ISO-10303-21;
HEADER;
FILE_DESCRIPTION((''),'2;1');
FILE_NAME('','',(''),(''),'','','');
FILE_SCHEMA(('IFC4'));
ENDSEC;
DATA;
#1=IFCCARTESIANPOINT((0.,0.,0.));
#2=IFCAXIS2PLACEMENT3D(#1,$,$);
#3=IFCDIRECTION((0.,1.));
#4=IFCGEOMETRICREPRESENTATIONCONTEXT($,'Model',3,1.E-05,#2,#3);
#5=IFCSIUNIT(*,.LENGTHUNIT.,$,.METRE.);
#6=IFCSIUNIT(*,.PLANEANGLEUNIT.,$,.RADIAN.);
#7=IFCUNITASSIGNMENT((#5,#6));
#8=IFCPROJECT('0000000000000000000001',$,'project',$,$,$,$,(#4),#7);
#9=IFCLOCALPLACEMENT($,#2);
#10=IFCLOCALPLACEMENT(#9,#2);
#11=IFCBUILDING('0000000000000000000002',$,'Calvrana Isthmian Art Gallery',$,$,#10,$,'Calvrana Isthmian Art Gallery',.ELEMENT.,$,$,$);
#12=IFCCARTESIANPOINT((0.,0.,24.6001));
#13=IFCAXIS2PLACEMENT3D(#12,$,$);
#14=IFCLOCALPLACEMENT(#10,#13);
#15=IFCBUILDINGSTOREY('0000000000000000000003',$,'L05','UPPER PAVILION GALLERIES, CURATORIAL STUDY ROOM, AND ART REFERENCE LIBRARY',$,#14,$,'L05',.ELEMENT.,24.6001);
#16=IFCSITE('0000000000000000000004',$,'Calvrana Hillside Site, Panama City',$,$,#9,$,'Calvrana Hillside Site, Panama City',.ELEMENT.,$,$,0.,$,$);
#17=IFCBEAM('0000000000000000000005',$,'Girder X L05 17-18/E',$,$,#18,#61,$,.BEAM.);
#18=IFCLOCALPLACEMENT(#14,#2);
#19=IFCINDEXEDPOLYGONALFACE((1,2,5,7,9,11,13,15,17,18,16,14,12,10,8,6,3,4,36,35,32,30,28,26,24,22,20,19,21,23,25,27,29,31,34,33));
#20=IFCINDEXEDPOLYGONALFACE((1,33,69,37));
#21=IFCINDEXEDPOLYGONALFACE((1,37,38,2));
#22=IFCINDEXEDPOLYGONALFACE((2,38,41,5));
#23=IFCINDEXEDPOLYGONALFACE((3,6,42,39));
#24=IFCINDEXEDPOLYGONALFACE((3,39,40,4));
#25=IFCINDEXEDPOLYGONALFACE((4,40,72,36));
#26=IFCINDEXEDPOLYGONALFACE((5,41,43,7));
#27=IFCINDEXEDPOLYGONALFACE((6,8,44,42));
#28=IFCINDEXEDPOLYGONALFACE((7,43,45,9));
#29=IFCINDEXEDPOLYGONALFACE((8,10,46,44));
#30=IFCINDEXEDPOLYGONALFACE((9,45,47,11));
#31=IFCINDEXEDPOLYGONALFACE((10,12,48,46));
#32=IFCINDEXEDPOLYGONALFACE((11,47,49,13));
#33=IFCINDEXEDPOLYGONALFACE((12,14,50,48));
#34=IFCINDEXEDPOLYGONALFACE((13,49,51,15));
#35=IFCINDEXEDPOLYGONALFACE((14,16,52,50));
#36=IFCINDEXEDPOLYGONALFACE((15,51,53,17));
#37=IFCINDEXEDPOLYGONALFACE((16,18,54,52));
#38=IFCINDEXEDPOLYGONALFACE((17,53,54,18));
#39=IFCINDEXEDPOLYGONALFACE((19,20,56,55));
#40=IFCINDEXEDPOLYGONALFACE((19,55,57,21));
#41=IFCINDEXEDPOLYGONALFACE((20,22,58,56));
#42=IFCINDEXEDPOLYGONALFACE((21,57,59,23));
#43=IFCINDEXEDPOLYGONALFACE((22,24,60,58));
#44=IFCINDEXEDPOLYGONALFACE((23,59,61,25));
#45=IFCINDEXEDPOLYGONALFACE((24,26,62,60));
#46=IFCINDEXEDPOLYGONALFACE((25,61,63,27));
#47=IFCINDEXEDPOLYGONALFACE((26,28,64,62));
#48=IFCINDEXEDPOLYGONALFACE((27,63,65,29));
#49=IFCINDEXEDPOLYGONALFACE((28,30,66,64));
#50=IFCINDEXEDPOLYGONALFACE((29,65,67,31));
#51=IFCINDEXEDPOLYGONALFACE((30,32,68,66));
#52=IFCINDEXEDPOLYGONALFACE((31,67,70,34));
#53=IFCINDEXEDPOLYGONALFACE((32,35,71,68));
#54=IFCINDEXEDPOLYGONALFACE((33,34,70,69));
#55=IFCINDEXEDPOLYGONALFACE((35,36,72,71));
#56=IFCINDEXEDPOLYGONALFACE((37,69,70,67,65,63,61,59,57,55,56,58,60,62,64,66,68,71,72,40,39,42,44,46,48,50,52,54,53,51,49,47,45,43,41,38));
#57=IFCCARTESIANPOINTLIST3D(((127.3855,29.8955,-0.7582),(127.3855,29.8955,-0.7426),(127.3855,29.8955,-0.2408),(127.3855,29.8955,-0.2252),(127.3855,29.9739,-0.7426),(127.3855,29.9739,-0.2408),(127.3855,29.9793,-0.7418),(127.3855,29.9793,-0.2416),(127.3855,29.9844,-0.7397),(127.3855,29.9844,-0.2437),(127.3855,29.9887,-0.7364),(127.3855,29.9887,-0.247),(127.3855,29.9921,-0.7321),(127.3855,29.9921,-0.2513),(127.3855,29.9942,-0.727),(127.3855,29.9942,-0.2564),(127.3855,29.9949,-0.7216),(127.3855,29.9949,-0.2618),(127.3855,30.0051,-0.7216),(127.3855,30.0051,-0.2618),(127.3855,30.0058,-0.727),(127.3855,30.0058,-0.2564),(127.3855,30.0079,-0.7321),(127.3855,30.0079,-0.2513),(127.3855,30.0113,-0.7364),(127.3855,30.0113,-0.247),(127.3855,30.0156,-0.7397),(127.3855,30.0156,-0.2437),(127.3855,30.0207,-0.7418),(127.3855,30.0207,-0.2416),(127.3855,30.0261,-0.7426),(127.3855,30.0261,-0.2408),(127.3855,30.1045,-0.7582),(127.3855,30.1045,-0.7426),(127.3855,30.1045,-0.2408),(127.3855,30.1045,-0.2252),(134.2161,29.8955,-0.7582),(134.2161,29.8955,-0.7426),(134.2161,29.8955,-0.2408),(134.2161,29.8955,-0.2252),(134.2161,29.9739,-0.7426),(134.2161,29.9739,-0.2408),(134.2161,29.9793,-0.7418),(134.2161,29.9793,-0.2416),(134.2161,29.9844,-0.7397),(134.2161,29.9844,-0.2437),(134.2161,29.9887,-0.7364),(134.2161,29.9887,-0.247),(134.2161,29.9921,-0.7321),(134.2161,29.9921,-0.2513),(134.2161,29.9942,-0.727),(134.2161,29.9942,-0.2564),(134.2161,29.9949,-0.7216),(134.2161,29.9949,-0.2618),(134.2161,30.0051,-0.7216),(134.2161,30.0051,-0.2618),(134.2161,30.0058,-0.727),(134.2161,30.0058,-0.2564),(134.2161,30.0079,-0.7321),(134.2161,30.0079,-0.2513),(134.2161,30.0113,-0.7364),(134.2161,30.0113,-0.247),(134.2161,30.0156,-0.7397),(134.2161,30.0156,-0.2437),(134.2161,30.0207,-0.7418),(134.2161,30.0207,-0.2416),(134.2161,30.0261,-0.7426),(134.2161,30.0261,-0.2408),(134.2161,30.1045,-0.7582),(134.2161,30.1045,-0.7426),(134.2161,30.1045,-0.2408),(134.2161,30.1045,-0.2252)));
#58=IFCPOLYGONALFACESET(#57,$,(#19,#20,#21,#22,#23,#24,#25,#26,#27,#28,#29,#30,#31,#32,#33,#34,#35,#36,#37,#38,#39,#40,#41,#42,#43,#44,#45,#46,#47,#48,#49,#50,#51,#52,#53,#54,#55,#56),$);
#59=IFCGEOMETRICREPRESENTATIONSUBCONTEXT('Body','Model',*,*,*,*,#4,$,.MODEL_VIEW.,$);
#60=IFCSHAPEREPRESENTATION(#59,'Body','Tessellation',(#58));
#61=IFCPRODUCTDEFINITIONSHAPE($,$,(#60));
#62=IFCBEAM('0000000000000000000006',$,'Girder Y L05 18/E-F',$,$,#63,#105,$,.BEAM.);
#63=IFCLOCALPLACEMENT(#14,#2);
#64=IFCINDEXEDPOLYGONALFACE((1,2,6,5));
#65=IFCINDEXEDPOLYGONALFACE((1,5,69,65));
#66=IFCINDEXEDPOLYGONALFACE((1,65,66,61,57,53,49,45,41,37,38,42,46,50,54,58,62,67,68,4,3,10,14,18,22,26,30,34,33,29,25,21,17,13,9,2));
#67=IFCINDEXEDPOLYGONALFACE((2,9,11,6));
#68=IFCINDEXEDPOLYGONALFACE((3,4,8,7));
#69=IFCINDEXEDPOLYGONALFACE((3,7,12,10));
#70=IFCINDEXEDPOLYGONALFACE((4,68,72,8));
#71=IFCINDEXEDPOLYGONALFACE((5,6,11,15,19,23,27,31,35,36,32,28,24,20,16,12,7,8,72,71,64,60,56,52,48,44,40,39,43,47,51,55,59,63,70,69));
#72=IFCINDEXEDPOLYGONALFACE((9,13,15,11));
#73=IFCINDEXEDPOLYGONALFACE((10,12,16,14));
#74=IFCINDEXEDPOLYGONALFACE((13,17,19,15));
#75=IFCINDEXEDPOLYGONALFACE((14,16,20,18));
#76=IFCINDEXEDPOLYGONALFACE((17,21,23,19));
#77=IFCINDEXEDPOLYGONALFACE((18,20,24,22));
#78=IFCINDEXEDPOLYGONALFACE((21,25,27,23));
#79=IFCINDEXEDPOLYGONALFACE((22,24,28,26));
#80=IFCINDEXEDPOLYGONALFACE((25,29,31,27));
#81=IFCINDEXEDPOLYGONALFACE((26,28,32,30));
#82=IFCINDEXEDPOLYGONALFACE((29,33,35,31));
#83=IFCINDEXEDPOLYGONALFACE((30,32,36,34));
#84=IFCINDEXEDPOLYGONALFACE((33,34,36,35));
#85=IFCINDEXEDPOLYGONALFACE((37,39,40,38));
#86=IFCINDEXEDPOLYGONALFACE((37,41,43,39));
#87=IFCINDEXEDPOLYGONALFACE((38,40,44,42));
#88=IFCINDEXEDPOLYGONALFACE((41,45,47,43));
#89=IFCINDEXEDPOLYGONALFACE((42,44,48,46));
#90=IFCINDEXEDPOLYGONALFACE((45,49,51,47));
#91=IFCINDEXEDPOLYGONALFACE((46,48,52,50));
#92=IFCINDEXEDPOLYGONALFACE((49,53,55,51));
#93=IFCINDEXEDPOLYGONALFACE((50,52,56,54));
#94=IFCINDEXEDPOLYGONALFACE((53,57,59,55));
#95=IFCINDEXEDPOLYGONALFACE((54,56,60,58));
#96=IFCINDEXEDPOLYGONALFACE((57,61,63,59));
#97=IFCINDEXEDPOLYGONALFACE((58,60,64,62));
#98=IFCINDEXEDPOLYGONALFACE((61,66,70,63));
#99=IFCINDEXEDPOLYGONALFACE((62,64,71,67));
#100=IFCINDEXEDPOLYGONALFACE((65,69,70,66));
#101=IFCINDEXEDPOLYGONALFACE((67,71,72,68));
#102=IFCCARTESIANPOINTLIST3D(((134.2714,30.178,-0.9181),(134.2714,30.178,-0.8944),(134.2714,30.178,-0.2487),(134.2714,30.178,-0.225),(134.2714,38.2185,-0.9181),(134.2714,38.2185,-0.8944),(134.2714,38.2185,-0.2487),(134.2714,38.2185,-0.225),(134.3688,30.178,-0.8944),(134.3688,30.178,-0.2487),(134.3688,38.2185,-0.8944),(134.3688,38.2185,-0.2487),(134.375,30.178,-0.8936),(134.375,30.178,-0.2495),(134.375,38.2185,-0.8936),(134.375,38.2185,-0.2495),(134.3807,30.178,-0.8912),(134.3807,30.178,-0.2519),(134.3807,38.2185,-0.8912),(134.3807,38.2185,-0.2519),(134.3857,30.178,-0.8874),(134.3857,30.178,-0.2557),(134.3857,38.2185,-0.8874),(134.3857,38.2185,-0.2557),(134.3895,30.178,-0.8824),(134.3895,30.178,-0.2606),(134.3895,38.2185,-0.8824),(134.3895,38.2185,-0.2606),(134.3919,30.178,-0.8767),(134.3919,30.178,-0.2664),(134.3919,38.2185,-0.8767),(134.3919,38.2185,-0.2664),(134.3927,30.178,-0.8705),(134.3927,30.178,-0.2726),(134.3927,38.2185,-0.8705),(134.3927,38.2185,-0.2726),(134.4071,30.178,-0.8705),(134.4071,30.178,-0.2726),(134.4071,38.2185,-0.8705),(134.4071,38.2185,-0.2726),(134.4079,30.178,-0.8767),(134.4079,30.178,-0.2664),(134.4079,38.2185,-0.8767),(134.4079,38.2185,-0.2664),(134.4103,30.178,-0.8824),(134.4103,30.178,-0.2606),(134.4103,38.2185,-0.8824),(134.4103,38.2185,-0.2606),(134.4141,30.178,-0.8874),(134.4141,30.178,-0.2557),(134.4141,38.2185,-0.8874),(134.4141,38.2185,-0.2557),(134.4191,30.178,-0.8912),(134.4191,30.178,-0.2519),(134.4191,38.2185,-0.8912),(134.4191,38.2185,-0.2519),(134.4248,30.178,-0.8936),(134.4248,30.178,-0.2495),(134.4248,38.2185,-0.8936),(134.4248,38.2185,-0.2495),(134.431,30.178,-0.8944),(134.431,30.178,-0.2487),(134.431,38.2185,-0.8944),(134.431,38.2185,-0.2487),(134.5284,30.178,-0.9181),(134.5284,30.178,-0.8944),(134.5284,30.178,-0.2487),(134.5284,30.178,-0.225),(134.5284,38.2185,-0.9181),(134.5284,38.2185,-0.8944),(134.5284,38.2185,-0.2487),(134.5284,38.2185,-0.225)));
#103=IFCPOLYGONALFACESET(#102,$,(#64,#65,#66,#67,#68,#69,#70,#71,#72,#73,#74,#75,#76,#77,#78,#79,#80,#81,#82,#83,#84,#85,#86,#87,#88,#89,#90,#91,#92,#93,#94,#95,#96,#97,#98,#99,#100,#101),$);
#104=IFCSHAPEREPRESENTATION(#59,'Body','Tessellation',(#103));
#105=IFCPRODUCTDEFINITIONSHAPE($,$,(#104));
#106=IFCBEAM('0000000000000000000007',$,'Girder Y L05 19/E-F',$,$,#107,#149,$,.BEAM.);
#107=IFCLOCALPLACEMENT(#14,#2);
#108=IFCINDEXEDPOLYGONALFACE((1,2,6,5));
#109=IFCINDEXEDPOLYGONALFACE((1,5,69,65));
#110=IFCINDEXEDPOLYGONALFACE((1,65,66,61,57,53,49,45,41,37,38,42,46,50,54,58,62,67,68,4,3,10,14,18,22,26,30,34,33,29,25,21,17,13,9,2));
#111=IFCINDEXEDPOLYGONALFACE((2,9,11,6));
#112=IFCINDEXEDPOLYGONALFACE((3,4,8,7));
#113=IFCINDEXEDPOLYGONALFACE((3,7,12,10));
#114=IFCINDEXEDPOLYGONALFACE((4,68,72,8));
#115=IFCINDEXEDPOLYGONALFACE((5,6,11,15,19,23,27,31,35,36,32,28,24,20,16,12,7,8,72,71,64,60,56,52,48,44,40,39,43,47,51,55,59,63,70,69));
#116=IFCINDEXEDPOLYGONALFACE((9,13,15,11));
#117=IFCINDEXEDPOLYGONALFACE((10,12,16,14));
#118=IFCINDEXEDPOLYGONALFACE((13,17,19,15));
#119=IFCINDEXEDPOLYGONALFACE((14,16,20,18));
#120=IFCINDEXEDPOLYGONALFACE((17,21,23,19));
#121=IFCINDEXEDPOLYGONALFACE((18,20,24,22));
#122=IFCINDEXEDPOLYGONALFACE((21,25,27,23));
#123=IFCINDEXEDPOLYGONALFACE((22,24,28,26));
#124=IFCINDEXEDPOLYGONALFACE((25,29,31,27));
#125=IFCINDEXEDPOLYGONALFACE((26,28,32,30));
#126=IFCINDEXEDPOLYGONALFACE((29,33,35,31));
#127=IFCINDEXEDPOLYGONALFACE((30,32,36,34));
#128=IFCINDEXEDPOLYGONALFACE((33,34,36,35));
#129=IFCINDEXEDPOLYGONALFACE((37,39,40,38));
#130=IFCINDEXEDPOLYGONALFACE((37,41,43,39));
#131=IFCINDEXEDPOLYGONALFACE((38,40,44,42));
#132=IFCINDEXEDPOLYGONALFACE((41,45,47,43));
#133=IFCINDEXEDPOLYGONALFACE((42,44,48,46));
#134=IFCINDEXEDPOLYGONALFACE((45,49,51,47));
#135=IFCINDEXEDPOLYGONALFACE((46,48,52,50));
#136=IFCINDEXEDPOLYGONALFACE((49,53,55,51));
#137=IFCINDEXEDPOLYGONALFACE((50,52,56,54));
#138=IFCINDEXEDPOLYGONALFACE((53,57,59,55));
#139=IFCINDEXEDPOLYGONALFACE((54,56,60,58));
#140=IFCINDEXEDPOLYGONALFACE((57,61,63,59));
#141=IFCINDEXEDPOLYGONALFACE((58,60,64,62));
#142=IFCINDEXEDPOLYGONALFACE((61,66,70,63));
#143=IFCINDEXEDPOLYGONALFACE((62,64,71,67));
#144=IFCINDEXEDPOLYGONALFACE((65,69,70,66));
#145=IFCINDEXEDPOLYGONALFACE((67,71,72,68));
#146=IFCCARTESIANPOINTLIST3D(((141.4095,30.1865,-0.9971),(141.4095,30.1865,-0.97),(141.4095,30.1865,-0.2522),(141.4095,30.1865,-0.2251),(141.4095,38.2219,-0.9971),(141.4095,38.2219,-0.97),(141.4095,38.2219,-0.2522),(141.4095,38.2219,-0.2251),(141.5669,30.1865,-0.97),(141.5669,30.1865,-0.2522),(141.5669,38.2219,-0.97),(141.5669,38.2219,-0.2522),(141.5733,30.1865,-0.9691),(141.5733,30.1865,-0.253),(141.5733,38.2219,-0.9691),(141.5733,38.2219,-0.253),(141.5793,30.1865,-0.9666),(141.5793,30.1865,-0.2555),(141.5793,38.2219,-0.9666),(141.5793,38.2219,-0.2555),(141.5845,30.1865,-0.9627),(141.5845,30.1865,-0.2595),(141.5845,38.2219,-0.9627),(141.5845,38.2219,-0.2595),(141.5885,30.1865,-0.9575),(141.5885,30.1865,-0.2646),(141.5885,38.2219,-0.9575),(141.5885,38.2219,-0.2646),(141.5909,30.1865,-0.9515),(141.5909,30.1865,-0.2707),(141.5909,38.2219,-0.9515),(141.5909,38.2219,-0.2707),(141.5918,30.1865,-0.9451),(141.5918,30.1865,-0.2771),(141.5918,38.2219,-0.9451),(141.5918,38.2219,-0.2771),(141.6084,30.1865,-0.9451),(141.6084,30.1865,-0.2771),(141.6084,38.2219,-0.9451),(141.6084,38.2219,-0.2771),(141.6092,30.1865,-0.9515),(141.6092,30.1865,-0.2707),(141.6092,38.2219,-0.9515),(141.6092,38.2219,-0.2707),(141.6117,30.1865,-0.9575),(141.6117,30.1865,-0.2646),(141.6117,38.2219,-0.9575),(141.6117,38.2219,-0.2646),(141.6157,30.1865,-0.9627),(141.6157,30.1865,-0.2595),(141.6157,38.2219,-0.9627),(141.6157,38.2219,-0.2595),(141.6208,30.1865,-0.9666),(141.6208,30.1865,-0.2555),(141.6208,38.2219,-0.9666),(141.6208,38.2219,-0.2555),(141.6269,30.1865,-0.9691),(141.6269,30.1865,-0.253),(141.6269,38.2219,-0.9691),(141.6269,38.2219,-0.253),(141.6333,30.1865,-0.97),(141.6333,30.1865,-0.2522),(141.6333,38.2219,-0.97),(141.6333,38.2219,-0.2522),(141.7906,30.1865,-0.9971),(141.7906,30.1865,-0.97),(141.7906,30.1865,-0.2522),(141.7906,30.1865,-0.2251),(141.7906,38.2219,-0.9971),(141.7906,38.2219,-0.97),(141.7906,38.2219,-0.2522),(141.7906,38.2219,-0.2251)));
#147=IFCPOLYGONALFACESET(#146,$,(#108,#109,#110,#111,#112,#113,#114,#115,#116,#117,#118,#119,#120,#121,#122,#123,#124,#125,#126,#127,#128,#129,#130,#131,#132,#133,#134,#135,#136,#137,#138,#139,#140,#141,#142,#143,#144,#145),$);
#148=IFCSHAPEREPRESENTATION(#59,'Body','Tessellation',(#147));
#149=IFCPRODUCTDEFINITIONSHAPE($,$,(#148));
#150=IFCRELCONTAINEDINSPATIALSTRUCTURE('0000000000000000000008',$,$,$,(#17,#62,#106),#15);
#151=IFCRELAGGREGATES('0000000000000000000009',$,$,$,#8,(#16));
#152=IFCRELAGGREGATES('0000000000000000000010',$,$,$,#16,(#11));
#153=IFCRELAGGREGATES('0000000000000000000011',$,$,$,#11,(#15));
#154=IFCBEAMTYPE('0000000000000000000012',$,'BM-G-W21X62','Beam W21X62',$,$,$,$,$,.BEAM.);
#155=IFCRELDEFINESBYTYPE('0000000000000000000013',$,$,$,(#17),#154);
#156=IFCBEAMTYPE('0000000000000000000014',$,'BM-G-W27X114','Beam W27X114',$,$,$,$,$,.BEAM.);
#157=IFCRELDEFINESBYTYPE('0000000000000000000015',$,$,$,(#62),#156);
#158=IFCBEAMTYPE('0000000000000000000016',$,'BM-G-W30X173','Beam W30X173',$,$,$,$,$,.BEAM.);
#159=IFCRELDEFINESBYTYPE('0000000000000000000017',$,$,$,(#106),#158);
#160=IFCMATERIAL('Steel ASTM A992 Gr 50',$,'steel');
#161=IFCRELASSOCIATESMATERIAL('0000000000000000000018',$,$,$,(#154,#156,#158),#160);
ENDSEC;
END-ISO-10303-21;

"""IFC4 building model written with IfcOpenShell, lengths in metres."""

from ifc_helpers import new_model, si_unit, direction, frame, origin, origin_2d, place, context, subcontext, project, spatial, i_section, extrude, material, material_profile, profile_set, type_object, element, save


model = new_model("IFC4")

# Units and contexts
model_context = context("Model", 3, precision=1e-05, world=origin(), true_north=direction((0.0, 1.0)))
body_context = subcontext(model_context, "Body", "Model", "MODEL_VIEW")
ifc_project = project(units=[si_unit("LENGTHUNIT", "METRE"), si_unit("PLANEANGLEUNIT", "RADIAN")], contexts=[model_context])

# Site, building, storey
site_placement = place(None, origin())
site = spatial("IfcSite", under=ifc_project, at=site_placement, Name="Calvrana Hillside Site, Panama City", LongName="Calvrana Hillside Site, Panama City", CompositionType="ELEMENT", RefElevation=0.0)
building_placement = place(site_placement, origin())
building = spatial("IfcBuilding", under=site, at=building_placement, Name="Calvrana Isthmian Art Gallery", LongName="Calvrana Isthmian Art Gallery", CompositionType="ELEMENT")
storey_placement = place(building_placement, frame((0.0, 0.0, 24.6001)))
storey = spatial("IfcBuildingStorey", under=building, at=storey_placement, Name="L05", Description="UPPER PAVILION GALLERIES, CURATORIAL STUDY ROOM, AND ART REFERENCE LIBRARY", LongName="L05", CompositionType="ELEMENT", Elevation=24.6001)

# Beams
ifc_material_1 = material(Name="Steel ASTM A992 Gr 50", Category="steel")
ifc_material_profile_1 = material_profile(ifc_material_1, i_section(OverallWidth=0.209, OverallDepth=0.533, WebThickness=0.0103, FlangeThickness=0.0156, FilletRadius=0.021, at=origin_2d()), Name="W21X62")
ifc_profile_set_1 = profile_set([ifc_material_profile_1], Name="Steel ASTM A992 Gr 50")
beam_type_1 = type_object("IfcBeamType", Name="BM-G-W21X62", Description="Beam W21X62", PredefinedType="BEAM", material=ifc_profile_set_1)
beam_1_placement = place(storey_placement, frame((127.3855, 30.0, -0.4917), z_axis=(1.0, 0.0, 0.0), x_axis=(0.0, 1.0, 0.0)))
element("IfcBeam", 1, at=beam_1_placement, inside=storey, type_object=beam_type_1, Name="Girder X L05 17-18/E", PredefinedType="BEAM", context=body_context, shape_type="SweptSolid", body=[
    extrude(i_section(OverallWidth=0.209, OverallDepth=0.533, WebThickness=0.0103, FlangeThickness=0.0156, FilletRadius=0.021, at=origin_2d()), origin(), (0.0, 0.0, 1.0), 6.8306),
])
ifc_material_profile_2 = material_profile(ifc_material_1, i_section(OverallWidth=0.2571, OverallDepth=0.6931, WebThickness=0.0144, FlangeThickness=0.0237, FilletRadius=0.0239, at=origin_2d()), Name="W27X114")
ifc_profile_set_2 = profile_set([ifc_material_profile_2], Name="Steel ASTM A992 Gr 50")
beam_type_2 = type_object("IfcBeamType", Name="BM-G-W27X114", Description="Beam W27X114", PredefinedType="BEAM", material=ifc_profile_set_2)
beam_2_placement = place(storey_placement, frame((134.3999, 30.178, -0.5715), z_axis=(0.0, 1.0, 0.0), x_axis=(-1.0, 0.0, 0.0)))
element("IfcBeam", 2, at=beam_2_placement, inside=storey, type_object=beam_type_2, Name="Girder Y L05 18/E-F", PredefinedType="BEAM", context=body_context, shape_type="SweptSolid", body=[
    extrude(i_section(OverallWidth=0.2571, OverallDepth=0.6931, WebThickness=0.0144, FlangeThickness=0.0237, FilletRadius=0.0239, at=origin_2d()), origin(), (0.0, 0.0, 1.0), 8.0405),
])
ifc_material_profile_3 = material_profile(ifc_material_1, i_section(OverallWidth=0.3811, OverallDepth=0.772, WebThickness=0.0166, FlangeThickness=0.0271, FilletRadius=0.0249, at=origin_2d()), Name="W30X173")
ifc_profile_set_3 = profile_set([ifc_material_profile_3], Name="Steel ASTM A992 Gr 50")
beam_type_3 = type_object("IfcBeamType", Name="BM-G-W30X173", Description="Beam W30X173", PredefinedType="BEAM", material=ifc_profile_set_3)
beam_3_placement = place(storey_placement, frame((141.6001, 30.1865, -0.6111), z_axis=(0.0, 1.0, 0.0), x_axis=(-1.0, 0.0, 0.0)))
element("IfcBeam", 3, at=beam_3_placement, inside=storey, type_object=beam_type_3, Name="Girder Y L05 19/E-F", PredefinedType="BEAM", context=body_context, shape_type="SweptSolid", body=[
    extrude(i_section(OverallWidth=0.3811, OverallDepth=0.772, WebThickness=0.0166, FlangeThickness=0.0271, FilletRadius=0.0249, at=origin_2d()), origin(), (0.0, 0.0, 1.0), 8.0354),
])

save(model, "model.ifc")
